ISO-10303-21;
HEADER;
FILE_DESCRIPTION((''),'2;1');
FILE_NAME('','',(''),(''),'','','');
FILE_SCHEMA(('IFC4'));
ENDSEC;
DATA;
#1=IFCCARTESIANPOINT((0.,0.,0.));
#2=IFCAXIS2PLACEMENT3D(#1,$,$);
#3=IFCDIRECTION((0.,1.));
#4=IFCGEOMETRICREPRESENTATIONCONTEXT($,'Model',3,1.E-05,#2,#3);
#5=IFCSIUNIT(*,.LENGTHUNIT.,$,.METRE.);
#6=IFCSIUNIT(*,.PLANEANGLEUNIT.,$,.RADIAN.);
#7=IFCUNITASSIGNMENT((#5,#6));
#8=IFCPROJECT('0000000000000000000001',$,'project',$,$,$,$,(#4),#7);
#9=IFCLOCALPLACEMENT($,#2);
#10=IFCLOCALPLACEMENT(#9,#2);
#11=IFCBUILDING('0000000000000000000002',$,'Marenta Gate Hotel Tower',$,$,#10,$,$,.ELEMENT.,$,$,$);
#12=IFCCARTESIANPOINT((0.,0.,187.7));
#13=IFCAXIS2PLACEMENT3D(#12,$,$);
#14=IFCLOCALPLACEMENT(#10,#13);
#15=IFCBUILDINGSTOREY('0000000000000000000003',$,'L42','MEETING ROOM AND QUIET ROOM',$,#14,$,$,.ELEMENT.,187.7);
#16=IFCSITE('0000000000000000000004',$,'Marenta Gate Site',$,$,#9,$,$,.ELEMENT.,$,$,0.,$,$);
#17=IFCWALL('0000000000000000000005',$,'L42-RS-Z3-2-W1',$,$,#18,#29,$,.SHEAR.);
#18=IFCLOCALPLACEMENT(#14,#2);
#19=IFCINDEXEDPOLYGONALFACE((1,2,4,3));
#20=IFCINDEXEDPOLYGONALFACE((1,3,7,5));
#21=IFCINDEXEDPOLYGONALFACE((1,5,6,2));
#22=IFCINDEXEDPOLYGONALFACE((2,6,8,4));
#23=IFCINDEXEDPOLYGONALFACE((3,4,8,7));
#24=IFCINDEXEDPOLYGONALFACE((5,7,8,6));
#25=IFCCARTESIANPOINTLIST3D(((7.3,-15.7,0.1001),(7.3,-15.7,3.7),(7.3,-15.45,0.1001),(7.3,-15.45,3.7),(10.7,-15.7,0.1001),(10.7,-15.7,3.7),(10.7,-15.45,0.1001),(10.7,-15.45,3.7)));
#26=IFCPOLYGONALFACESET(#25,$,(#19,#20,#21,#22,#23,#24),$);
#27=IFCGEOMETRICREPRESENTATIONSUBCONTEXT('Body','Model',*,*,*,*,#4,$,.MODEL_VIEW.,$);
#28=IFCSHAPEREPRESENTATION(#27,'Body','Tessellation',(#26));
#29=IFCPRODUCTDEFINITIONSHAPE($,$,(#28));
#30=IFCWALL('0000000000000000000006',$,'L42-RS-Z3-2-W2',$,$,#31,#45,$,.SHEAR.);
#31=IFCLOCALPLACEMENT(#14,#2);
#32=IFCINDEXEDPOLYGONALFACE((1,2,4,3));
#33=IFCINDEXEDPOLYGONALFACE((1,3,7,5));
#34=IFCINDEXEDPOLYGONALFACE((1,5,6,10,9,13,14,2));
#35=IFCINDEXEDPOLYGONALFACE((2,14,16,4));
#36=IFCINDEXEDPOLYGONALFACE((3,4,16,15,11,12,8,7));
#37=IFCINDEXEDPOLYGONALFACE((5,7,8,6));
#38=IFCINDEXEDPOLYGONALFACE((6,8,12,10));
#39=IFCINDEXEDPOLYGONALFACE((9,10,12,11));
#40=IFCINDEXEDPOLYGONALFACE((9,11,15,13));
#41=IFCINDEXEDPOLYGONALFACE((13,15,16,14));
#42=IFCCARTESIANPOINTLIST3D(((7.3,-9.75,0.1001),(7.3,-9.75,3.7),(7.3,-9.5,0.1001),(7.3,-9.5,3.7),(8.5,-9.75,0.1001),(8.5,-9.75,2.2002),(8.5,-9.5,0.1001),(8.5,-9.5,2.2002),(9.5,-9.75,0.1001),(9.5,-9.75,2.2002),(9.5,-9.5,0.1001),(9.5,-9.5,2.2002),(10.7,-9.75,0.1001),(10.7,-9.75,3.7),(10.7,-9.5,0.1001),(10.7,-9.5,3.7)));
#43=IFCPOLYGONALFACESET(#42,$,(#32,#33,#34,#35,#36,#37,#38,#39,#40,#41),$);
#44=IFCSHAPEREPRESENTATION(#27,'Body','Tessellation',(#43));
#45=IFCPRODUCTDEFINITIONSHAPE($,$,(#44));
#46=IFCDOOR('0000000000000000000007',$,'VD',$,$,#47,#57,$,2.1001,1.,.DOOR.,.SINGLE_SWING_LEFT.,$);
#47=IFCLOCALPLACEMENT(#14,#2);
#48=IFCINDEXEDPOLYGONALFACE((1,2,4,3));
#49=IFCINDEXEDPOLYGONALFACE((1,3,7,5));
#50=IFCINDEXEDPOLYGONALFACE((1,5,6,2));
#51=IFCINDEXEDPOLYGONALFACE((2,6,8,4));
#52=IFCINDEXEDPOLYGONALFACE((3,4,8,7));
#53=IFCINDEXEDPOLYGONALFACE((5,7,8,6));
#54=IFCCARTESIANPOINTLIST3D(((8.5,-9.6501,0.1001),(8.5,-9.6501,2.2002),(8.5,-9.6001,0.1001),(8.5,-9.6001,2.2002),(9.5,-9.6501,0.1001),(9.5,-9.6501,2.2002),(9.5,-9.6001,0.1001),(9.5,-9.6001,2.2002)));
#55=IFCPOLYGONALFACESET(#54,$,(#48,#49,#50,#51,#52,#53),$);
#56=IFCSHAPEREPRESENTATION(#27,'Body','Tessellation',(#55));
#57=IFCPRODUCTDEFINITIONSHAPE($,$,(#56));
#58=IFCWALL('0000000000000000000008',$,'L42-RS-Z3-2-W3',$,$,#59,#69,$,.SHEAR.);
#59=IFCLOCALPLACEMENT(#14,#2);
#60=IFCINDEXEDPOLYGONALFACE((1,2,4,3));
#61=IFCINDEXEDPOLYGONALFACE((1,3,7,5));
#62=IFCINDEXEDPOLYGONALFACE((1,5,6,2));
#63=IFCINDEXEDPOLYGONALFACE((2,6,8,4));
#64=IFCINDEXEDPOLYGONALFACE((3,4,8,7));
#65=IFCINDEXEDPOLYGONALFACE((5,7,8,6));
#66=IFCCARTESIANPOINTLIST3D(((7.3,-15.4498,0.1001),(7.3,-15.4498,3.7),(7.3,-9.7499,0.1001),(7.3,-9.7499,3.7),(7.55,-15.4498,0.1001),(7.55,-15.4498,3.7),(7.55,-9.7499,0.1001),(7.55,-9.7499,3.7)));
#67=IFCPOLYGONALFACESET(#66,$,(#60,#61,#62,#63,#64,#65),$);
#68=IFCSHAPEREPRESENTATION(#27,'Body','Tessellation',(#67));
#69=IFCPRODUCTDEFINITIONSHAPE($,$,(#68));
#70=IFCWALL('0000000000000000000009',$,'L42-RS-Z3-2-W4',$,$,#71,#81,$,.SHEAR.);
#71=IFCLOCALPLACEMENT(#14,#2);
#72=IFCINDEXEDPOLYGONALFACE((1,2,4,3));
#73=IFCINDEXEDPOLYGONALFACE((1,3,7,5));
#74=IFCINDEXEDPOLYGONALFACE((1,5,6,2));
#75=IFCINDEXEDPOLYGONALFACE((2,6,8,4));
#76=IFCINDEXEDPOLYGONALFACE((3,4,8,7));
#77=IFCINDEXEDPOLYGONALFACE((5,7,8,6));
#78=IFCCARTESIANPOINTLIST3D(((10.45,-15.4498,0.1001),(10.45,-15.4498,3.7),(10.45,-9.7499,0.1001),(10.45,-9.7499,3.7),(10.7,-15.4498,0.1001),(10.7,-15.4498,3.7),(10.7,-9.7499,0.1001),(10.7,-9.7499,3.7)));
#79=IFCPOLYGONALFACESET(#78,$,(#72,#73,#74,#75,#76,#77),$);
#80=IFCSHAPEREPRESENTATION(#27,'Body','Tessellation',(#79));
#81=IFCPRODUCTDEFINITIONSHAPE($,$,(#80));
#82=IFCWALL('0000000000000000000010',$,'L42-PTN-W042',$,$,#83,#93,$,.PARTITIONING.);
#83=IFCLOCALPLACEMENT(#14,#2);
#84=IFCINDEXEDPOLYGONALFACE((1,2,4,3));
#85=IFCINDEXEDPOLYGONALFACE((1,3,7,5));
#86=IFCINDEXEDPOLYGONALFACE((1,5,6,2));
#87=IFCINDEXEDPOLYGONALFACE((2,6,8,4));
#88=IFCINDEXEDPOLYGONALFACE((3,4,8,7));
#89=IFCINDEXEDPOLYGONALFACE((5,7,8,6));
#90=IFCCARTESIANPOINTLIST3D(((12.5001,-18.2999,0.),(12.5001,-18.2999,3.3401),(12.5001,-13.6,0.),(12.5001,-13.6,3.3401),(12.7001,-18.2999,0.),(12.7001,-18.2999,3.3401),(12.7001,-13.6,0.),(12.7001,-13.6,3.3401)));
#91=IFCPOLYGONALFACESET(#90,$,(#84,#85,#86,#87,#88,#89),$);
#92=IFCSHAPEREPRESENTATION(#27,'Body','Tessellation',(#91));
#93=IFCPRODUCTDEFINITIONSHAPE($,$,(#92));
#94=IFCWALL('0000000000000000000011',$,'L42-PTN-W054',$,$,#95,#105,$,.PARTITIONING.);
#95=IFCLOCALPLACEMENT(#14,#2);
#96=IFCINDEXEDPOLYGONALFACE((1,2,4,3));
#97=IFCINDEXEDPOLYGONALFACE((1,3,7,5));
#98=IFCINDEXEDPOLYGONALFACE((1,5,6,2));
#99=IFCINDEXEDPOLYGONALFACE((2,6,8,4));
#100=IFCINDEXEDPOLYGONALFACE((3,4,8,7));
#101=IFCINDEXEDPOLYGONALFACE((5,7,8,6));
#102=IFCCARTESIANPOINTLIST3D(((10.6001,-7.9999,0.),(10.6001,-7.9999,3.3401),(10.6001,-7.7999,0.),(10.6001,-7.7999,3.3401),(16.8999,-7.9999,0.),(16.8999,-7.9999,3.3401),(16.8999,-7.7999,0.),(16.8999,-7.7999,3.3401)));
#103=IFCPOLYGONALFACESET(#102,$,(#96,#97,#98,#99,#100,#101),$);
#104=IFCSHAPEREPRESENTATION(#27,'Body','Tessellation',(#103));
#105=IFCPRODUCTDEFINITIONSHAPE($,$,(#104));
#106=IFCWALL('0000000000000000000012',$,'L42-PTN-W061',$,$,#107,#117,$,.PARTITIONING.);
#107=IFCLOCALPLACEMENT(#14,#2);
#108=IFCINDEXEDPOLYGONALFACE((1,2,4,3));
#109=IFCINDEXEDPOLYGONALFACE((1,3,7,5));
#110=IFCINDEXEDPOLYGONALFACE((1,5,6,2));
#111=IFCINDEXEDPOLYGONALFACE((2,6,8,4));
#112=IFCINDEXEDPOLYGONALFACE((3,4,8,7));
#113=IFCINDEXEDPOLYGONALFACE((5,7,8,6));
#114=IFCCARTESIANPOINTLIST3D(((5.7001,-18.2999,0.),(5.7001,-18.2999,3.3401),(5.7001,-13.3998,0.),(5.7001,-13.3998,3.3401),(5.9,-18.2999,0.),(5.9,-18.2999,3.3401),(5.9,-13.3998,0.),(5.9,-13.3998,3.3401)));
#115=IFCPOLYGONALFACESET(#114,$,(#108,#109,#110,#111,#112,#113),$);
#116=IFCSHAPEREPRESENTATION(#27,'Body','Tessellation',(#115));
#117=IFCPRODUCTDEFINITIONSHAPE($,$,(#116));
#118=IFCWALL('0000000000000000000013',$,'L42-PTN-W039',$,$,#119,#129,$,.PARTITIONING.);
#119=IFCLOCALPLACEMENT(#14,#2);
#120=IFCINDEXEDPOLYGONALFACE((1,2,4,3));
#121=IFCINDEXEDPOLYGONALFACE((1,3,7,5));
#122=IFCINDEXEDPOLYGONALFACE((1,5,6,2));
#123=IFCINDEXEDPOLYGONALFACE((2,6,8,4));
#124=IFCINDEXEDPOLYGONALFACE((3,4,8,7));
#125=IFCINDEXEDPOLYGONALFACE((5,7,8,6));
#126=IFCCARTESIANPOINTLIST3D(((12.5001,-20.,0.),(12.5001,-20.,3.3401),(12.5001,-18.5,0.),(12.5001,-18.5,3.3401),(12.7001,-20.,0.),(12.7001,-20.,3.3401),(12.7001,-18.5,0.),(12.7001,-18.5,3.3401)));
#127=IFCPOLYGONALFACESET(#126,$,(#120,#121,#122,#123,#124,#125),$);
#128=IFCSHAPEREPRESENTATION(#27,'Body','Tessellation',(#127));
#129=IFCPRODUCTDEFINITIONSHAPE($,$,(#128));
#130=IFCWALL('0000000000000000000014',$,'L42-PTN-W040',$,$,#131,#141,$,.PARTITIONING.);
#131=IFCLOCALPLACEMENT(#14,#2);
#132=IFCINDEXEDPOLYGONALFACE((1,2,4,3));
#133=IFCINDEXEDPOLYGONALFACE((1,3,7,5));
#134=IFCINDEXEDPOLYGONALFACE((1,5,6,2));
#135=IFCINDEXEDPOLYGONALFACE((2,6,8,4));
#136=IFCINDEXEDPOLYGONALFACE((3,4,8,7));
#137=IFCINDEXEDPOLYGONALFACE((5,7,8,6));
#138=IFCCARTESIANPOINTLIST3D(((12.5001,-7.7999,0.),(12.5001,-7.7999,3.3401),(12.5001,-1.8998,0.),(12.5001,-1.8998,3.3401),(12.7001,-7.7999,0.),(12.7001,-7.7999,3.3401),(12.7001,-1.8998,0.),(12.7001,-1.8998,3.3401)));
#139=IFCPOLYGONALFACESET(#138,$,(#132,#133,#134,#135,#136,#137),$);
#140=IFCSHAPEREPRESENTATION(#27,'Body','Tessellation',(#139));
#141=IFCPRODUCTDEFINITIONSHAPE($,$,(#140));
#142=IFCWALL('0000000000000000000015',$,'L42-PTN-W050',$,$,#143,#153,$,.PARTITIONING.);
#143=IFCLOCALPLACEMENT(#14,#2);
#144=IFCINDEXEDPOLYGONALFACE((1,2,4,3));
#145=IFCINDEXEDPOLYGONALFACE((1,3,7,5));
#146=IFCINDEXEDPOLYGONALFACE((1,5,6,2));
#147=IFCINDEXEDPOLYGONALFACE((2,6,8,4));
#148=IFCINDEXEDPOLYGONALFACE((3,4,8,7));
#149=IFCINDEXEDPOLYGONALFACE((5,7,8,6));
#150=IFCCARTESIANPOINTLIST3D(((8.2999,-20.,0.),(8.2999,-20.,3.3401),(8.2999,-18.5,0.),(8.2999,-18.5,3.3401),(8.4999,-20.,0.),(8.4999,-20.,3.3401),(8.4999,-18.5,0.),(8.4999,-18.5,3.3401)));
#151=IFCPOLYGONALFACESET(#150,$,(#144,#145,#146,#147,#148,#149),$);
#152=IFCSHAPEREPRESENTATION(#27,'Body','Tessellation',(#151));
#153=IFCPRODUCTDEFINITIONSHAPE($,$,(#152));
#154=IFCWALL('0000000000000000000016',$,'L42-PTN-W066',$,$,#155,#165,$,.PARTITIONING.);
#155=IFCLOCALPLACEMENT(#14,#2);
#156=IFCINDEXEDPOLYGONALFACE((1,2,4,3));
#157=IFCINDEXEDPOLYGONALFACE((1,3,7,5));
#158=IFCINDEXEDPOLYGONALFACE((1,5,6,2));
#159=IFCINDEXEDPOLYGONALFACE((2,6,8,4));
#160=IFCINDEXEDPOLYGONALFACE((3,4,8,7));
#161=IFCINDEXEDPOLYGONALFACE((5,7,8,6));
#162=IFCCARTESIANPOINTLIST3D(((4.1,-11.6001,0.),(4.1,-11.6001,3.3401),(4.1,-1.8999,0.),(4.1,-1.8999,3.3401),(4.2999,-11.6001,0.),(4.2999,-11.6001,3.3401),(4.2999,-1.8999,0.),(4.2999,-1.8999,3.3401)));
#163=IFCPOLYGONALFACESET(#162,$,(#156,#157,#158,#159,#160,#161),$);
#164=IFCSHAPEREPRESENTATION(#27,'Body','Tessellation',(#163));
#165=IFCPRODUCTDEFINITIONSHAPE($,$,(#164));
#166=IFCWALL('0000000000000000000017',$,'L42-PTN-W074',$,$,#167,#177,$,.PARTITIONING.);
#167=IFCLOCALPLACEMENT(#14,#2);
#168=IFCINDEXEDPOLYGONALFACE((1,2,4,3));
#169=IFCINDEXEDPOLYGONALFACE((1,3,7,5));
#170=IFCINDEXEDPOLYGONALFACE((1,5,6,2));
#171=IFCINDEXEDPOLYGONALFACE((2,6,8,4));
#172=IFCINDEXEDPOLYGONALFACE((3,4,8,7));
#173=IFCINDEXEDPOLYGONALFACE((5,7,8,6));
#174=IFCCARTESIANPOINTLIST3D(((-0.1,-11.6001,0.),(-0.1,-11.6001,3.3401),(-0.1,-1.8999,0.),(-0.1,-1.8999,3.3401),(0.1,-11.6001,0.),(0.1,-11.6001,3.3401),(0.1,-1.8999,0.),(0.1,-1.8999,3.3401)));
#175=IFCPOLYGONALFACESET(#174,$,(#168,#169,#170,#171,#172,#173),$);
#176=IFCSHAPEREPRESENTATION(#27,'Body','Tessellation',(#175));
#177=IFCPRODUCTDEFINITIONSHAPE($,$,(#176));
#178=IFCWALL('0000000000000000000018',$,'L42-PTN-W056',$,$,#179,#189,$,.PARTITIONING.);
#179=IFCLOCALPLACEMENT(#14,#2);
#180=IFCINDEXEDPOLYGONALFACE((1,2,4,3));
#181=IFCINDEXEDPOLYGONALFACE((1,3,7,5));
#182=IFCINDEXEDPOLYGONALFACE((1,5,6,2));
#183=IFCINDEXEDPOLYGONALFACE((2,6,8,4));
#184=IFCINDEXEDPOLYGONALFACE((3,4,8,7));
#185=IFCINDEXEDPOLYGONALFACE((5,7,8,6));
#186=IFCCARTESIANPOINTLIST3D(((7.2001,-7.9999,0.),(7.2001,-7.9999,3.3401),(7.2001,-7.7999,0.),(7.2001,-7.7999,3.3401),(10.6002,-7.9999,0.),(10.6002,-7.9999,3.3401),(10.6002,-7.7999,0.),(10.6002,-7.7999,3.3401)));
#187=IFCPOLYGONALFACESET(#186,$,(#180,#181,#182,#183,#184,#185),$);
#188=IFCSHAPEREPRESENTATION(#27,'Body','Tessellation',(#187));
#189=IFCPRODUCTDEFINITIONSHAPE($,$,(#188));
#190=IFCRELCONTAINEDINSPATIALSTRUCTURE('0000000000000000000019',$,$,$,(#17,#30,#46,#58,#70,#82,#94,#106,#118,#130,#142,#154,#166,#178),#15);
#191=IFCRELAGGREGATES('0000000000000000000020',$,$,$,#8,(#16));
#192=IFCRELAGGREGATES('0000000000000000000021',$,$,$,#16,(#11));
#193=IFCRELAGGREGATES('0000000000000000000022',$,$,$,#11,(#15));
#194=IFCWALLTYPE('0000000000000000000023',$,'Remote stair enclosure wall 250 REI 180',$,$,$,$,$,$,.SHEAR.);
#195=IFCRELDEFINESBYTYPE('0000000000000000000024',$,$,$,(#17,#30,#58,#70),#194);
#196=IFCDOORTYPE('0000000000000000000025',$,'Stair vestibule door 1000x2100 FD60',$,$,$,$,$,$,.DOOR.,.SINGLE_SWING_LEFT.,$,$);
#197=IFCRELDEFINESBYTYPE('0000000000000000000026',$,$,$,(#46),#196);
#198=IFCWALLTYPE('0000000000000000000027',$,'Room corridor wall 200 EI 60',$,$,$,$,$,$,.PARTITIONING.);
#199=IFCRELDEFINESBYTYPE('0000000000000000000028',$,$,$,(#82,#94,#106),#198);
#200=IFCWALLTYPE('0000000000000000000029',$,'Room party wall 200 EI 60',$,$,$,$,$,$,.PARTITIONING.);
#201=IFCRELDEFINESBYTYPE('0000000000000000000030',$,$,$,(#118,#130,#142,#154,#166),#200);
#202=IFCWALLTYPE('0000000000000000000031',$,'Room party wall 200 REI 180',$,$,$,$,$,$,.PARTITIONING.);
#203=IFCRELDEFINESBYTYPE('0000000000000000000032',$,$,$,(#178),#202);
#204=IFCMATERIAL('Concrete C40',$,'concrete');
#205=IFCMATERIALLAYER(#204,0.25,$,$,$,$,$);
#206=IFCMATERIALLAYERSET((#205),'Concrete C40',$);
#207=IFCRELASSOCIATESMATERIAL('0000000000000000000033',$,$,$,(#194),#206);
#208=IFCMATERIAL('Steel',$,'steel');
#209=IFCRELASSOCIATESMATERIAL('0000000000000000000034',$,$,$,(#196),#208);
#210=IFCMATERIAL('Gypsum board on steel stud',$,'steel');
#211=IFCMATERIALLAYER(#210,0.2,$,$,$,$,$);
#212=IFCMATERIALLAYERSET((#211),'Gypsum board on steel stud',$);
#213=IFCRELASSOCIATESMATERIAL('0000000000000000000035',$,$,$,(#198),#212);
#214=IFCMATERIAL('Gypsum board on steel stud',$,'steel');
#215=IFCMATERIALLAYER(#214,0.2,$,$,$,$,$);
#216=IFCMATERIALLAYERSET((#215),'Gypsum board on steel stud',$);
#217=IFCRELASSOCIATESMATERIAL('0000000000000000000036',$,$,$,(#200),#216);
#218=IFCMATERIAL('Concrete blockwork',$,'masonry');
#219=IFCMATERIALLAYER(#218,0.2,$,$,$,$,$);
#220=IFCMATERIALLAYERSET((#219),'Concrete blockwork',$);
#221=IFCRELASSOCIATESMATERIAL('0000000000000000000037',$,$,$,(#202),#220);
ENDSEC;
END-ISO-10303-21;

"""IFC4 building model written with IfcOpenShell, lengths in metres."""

from ifc_helpers import new_model, si_unit, direction, frame, frame_2d, origin, place, context, subcontext, project, spatial, rectangle, extrude, material, layer, layer_set, type_object, element, fill, save


model = new_model("IFC4")

# Units and contexts
model_context = context("Model", 3, precision=1e-05, world=origin(), true_north=direction((0.0, 1.0)))
body_context = subcontext(model_context, "Body", "Model", "MODEL_VIEW")
ifc_project = project(units=[si_unit("LENGTHUNIT", "METRE"), si_unit("PLANEANGLEUNIT", "RADIAN")], contexts=[model_context])

# Site, building, storey
site_placement = place(None, origin())
site = spatial("IfcSite", under=ifc_project, at=site_placement, Name="Marenta Gate Site", CompositionType="ELEMENT", RefElevation=0.0)
building_placement = place(site_placement, origin())
building = spatial("IfcBuilding", under=site, at=building_placement, Name="Marenta Gate Hotel Tower", CompositionType="ELEMENT")
storey_placement = place(building_placement, frame((0.0, 0.0, 187.7)))
storey = spatial("IfcBuildingStorey", under=building, at=storey_placement, Name="L42", Description="MEETING ROOM AND QUIET ROOM", CompositionType="ELEMENT", Elevation=187.7)

# Wall
ifc_material_1 = material(Name="Concrete C40", Category="concrete")
ifc_layer_1 = layer(ifc_material_1, 0.25)
ifc_layer_set_1 = layer_set([ifc_layer_1], Name="Concrete C40")
wall_type_1 = type_object("IfcWallType", Name="Remote stair enclosure wall 250 REI 180", PredefinedType="SHEAR", material=ifc_layer_set_1)
wall_1_placement = place(storey_placement, frame((7.3, -15.575, 0.1001), z_axis=(0.0, 0.0, 1.0), x_axis=(1.0, 0.0, 0.0)))
element("IfcWall", 1, at=wall_1_placement, inside=storey, type_object=wall_type_1, Name="L42-RS-Z3-2-W1", PredefinedType="SHEAR", context=body_context, shape_type="SweptSolid", body=[
    extrude(rectangle(XDim=3.3999, YDim=0.25, at=frame_2d((1.7, 0.0))), origin(), (0.0, 0.0, 1.0), 3.5999),
])

# Wall, opening, door
wall_2_placement = place(storey_placement, frame((7.3, -9.625, 0.1001), z_axis=(0.0, 0.0, 1.0), x_axis=(1.0, 0.0, 0.0)))
wall_2 = element("IfcWall", 2, at=wall_2_placement, inside=storey, type_object=wall_type_1, Name="L42-RS-Z3-2-W2", PredefinedType="SHEAR", context=body_context, shape_type="SweptSolid", body=[
    extrude(rectangle(XDim=3.3999, YDim=0.25, at=frame_2d((1.7, 0.0))), origin(), (0.0, 0.0, 1.0), 3.5999),
])
opening_1_placement = place(wall_2_placement, frame((1.2, 0.0, 0.0)))
opening_1 = element("IfcOpeningElement", 3, at=opening_1_placement, cuts=wall_2, PredefinedType="OPENING", context=body_context, shape_type="SweptSolid", body=[
    extrude(rectangle(XDim=1.0, YDim=2.1001, at=frame_2d((0.5, 1.05))), frame((0.0, 0.125, 0.0), z_axis=(0.0, -1.0, 0.0), x_axis=(1.0, 0.0, 0.0)), (0.0, 0.0, 1.0), 0.25),
])
ifc_material_2 = material(Name="Steel", Category="steel")
door_type_1 = type_object("IfcDoorType", Name="Stair vestibule door 1000x2100 FD60", OperationType="SINGLE_SWING_LEFT", PredefinedType="DOOR", material=ifc_material_2)
door_1_placement = place(opening_1_placement, origin())
door_1 = element("IfcDoor", 4, at=door_1_placement, inside=storey, type_object=door_type_1, Name="VD", OperationType="SINGLE_SWING_LEFT", OverallHeight=2.1001, OverallWidth=1.0, PredefinedType="DOOR", context=body_context, shape_type="SweptSolid", body=[
    extrude(rectangle(XDim=1.0, YDim=2.1001, at=frame_2d((0.5, 1.05))), frame((0.0, 0.0249, 0.0), z_axis=(0.0, -1.0, 0.0), x_axis=(1.0, 0.0, 0.0)), (0.0, 0.0, 1.0), 0.05),
])
fill(opening_1, door_1)

# Walls
for number, where, z_axis, x_axis, name in (
    (5, (7.425, -15.45, 0.1001), (0.0, 0.0, 1.0), (0.0, 1.0, 0.0), "L42-RS-Z3-2-W3"),
    (6, (10.575, -15.45, 0.1001), (0.0, 0.0, 1.0), (0.0, 1.0, 0.0), "L42-RS-Z3-2-W4"),
):
    element("IfcWall", number, at=place(storey_placement, frame(where, z_axis=z_axis, x_axis=x_axis)), inside=storey, type_object=wall_type_1, Name=name, PredefinedType="SHEAR", context=body_context, shape_type="SweptSolid", body=[
        extrude(rectangle(XDim=5.7, YDim=0.25, at=frame_2d((2.8501, 0.0))), origin(), (0.0, 0.0, 1.0), 3.5999),
    ])

# Shared definitions
ifc_material_3 = material(Name="Gypsum board on steel stud", Category="steel")
ifc_layer_2 = layer(ifc_material_3, 0.2)
ifc_layer_set_2 = layer_set([ifc_layer_2], Name="Gypsum board on steel stud")
wall_type_2 = type_object("IfcWallType", Name="Room corridor wall 200 EI 60", PredefinedType="PARTITIONING", material=ifc_layer_set_2)

# Walls
wall_3_placement = place(storey_placement, frame((12.6001, -18.3, 0.0), z_axis=(0.0, 0.0, 1.0), x_axis=(0.0, 1.0, 0.0)))
element("IfcWall", 7, at=wall_3_placement, inside=storey, type_object=wall_type_2, Name="L42-PTN-W042", PredefinedType="PARTITIONING", context=body_context, shape_type="SweptSolid", body=[
    extrude(rectangle(XDim=4.7, YDim=0.2, at=frame_2d((2.3501, 0.0))), origin(), (0.0, 0.0, 1.0), 3.3401),
])
wall_4_placement = place(storey_placement, frame((10.6001, -7.8999, 0.0), z_axis=(0.0, 0.0, 1.0), x_axis=(1.0, 0.0, 0.0)))
element("IfcWall", 8, at=wall_4_placement, inside=storey, type_object=wall_type_2, Name="L42-PTN-W054", PredefinedType="PARTITIONING", context=body_context, shape_type="SweptSolid", body=[
    extrude(rectangle(XDim=6.2998, YDim=0.2, at=frame_2d((3.1499, 0.0))), origin(), (0.0, 0.0, 1.0), 3.3401),
])
wall_5_placement = place(storey_placement, frame((5.8, -18.3, 0.0), z_axis=(0.0, 0.0, 1.0), x_axis=(0.0, 1.0, 0.0)))
element("IfcWall", 9, at=wall_5_placement, inside=storey, type_object=wall_type_2, Name="L42-PTN-W061", PredefinedType="PARTITIONING", context=body_context, shape_type="SweptSolid", body=[
    extrude(rectangle(XDim=4.9001, YDim=0.2, at=frame_2d((2.4502, 0.0))), origin(), (0.0, 0.0, 1.0), 3.3401),
])

# Walls
ifc_material_4 = material(Name="Gypsum board on steel stud", Category="steel")
ifc_layer_3 = layer(ifc_material_4, 0.2)
ifc_layer_set_3 = layer_set([ifc_layer_3], Name="Gypsum board on steel stud")
wall_type_3 = type_object("IfcWallType", Name="Room party wall 200 EI 60", PredefinedType="PARTITIONING", material=ifc_layer_set_3)
wall_6_placement = place(storey_placement, frame((12.6001, -20.0, 0.0), z_axis=(0.0, 0.0, 1.0), x_axis=(0.0, 1.0, 0.0)))
element("IfcWall", 10, at=wall_6_placement, inside=storey, type_object=wall_type_3, Name="L42-PTN-W039", PredefinedType="PARTITIONING", context=body_context, shape_type="SweptSolid", body=[
    extrude(rectangle(XDim=1.5, YDim=0.2, at=frame_2d((0.75, 0.0))), origin(), (0.0, 0.0, 1.0), 3.3401),
])
wall_7_placement = place(storey_placement, frame((12.6001, -7.8, 0.0), z_axis=(0.0, 0.0, 1.0), x_axis=(0.0, 1.0, 0.0)))
element("IfcWall", 11, at=wall_7_placement, inside=storey, type_object=wall_type_3, Name="L42-PTN-W040", PredefinedType="PARTITIONING", context=body_context, shape_type="SweptSolid", body=[
    extrude(rectangle(XDim=5.9001, YDim=0.2, at=frame_2d((2.9502, 0.0))), origin(), (0.0, 0.0, 1.0), 3.3401),
])
wall_8_placement = place(storey_placement, frame((8.3999, -20.0, 0.0), z_axis=(0.0, 0.0, 1.0), x_axis=(0.0, 1.0, 0.0)))
element("IfcWall", 12, at=wall_8_placement, inside=storey, type_object=wall_type_3, Name="L42-PTN-W050", PredefinedType="PARTITIONING", context=body_context, shape_type="SweptSolid", body=[
    extrude(rectangle(XDim=1.5, YDim=0.2, at=frame_2d((0.75, 0.0))), origin(), (0.0, 0.0, 1.0), 3.3401),
])
for number, where, z_axis, x_axis, name in (
    (13, (4.2, -11.6001, 0.0), (0.0, 0.0, 1.0), (0.0, 1.0, 0.0), "L42-PTN-W066"),
    (14, (0.0, -11.6001, 0.0), (0.0, 0.0, 1.0), (0.0, 1.0, 0.0), "L42-PTN-W074"),
):
    element("IfcWall", number, at=place(storey_placement, frame(where, z_axis=z_axis, x_axis=x_axis)), inside=storey, type_object=wall_type_3, Name=name, PredefinedType="PARTITIONING", context=body_context, shape_type="SweptSolid", body=[
        extrude(rectangle(XDim=9.7002, YDim=0.2, at=frame_2d((4.8501, 0.0))), origin(), (0.0, 0.0, 1.0), 3.3401),
    ])
ifc_material_5 = material(Name="Concrete blockwork", Category="masonry")
ifc_layer_4 = layer(ifc_material_5, 0.2)
ifc_layer_set_4 = layer_set([ifc_layer_4], Name="Concrete blockwork")
wall_type_4 = type_object("IfcWallType", Name="Room party wall 200 REI 180", PredefinedType="PARTITIONING", material=ifc_layer_set_4)
wall_9_placement = place(storey_placement, frame((7.2, -7.8999, 0.0), z_axis=(0.0, 0.0, 1.0), x_axis=(1.0, 0.0, 0.0)))
element("IfcWall", 15, at=wall_9_placement, inside=storey, type_object=wall_type_4, Name="L42-PTN-W056", PredefinedType="PARTITIONING", context=body_context, shape_type="SweptSolid", body=[
    extrude(rectangle(XDim=3.4001, YDim=0.2, at=frame_2d((1.7002, 0.0))), origin(), (0.0, 0.0, 1.0), 3.3401),
])

save(model, "model.ifc")
